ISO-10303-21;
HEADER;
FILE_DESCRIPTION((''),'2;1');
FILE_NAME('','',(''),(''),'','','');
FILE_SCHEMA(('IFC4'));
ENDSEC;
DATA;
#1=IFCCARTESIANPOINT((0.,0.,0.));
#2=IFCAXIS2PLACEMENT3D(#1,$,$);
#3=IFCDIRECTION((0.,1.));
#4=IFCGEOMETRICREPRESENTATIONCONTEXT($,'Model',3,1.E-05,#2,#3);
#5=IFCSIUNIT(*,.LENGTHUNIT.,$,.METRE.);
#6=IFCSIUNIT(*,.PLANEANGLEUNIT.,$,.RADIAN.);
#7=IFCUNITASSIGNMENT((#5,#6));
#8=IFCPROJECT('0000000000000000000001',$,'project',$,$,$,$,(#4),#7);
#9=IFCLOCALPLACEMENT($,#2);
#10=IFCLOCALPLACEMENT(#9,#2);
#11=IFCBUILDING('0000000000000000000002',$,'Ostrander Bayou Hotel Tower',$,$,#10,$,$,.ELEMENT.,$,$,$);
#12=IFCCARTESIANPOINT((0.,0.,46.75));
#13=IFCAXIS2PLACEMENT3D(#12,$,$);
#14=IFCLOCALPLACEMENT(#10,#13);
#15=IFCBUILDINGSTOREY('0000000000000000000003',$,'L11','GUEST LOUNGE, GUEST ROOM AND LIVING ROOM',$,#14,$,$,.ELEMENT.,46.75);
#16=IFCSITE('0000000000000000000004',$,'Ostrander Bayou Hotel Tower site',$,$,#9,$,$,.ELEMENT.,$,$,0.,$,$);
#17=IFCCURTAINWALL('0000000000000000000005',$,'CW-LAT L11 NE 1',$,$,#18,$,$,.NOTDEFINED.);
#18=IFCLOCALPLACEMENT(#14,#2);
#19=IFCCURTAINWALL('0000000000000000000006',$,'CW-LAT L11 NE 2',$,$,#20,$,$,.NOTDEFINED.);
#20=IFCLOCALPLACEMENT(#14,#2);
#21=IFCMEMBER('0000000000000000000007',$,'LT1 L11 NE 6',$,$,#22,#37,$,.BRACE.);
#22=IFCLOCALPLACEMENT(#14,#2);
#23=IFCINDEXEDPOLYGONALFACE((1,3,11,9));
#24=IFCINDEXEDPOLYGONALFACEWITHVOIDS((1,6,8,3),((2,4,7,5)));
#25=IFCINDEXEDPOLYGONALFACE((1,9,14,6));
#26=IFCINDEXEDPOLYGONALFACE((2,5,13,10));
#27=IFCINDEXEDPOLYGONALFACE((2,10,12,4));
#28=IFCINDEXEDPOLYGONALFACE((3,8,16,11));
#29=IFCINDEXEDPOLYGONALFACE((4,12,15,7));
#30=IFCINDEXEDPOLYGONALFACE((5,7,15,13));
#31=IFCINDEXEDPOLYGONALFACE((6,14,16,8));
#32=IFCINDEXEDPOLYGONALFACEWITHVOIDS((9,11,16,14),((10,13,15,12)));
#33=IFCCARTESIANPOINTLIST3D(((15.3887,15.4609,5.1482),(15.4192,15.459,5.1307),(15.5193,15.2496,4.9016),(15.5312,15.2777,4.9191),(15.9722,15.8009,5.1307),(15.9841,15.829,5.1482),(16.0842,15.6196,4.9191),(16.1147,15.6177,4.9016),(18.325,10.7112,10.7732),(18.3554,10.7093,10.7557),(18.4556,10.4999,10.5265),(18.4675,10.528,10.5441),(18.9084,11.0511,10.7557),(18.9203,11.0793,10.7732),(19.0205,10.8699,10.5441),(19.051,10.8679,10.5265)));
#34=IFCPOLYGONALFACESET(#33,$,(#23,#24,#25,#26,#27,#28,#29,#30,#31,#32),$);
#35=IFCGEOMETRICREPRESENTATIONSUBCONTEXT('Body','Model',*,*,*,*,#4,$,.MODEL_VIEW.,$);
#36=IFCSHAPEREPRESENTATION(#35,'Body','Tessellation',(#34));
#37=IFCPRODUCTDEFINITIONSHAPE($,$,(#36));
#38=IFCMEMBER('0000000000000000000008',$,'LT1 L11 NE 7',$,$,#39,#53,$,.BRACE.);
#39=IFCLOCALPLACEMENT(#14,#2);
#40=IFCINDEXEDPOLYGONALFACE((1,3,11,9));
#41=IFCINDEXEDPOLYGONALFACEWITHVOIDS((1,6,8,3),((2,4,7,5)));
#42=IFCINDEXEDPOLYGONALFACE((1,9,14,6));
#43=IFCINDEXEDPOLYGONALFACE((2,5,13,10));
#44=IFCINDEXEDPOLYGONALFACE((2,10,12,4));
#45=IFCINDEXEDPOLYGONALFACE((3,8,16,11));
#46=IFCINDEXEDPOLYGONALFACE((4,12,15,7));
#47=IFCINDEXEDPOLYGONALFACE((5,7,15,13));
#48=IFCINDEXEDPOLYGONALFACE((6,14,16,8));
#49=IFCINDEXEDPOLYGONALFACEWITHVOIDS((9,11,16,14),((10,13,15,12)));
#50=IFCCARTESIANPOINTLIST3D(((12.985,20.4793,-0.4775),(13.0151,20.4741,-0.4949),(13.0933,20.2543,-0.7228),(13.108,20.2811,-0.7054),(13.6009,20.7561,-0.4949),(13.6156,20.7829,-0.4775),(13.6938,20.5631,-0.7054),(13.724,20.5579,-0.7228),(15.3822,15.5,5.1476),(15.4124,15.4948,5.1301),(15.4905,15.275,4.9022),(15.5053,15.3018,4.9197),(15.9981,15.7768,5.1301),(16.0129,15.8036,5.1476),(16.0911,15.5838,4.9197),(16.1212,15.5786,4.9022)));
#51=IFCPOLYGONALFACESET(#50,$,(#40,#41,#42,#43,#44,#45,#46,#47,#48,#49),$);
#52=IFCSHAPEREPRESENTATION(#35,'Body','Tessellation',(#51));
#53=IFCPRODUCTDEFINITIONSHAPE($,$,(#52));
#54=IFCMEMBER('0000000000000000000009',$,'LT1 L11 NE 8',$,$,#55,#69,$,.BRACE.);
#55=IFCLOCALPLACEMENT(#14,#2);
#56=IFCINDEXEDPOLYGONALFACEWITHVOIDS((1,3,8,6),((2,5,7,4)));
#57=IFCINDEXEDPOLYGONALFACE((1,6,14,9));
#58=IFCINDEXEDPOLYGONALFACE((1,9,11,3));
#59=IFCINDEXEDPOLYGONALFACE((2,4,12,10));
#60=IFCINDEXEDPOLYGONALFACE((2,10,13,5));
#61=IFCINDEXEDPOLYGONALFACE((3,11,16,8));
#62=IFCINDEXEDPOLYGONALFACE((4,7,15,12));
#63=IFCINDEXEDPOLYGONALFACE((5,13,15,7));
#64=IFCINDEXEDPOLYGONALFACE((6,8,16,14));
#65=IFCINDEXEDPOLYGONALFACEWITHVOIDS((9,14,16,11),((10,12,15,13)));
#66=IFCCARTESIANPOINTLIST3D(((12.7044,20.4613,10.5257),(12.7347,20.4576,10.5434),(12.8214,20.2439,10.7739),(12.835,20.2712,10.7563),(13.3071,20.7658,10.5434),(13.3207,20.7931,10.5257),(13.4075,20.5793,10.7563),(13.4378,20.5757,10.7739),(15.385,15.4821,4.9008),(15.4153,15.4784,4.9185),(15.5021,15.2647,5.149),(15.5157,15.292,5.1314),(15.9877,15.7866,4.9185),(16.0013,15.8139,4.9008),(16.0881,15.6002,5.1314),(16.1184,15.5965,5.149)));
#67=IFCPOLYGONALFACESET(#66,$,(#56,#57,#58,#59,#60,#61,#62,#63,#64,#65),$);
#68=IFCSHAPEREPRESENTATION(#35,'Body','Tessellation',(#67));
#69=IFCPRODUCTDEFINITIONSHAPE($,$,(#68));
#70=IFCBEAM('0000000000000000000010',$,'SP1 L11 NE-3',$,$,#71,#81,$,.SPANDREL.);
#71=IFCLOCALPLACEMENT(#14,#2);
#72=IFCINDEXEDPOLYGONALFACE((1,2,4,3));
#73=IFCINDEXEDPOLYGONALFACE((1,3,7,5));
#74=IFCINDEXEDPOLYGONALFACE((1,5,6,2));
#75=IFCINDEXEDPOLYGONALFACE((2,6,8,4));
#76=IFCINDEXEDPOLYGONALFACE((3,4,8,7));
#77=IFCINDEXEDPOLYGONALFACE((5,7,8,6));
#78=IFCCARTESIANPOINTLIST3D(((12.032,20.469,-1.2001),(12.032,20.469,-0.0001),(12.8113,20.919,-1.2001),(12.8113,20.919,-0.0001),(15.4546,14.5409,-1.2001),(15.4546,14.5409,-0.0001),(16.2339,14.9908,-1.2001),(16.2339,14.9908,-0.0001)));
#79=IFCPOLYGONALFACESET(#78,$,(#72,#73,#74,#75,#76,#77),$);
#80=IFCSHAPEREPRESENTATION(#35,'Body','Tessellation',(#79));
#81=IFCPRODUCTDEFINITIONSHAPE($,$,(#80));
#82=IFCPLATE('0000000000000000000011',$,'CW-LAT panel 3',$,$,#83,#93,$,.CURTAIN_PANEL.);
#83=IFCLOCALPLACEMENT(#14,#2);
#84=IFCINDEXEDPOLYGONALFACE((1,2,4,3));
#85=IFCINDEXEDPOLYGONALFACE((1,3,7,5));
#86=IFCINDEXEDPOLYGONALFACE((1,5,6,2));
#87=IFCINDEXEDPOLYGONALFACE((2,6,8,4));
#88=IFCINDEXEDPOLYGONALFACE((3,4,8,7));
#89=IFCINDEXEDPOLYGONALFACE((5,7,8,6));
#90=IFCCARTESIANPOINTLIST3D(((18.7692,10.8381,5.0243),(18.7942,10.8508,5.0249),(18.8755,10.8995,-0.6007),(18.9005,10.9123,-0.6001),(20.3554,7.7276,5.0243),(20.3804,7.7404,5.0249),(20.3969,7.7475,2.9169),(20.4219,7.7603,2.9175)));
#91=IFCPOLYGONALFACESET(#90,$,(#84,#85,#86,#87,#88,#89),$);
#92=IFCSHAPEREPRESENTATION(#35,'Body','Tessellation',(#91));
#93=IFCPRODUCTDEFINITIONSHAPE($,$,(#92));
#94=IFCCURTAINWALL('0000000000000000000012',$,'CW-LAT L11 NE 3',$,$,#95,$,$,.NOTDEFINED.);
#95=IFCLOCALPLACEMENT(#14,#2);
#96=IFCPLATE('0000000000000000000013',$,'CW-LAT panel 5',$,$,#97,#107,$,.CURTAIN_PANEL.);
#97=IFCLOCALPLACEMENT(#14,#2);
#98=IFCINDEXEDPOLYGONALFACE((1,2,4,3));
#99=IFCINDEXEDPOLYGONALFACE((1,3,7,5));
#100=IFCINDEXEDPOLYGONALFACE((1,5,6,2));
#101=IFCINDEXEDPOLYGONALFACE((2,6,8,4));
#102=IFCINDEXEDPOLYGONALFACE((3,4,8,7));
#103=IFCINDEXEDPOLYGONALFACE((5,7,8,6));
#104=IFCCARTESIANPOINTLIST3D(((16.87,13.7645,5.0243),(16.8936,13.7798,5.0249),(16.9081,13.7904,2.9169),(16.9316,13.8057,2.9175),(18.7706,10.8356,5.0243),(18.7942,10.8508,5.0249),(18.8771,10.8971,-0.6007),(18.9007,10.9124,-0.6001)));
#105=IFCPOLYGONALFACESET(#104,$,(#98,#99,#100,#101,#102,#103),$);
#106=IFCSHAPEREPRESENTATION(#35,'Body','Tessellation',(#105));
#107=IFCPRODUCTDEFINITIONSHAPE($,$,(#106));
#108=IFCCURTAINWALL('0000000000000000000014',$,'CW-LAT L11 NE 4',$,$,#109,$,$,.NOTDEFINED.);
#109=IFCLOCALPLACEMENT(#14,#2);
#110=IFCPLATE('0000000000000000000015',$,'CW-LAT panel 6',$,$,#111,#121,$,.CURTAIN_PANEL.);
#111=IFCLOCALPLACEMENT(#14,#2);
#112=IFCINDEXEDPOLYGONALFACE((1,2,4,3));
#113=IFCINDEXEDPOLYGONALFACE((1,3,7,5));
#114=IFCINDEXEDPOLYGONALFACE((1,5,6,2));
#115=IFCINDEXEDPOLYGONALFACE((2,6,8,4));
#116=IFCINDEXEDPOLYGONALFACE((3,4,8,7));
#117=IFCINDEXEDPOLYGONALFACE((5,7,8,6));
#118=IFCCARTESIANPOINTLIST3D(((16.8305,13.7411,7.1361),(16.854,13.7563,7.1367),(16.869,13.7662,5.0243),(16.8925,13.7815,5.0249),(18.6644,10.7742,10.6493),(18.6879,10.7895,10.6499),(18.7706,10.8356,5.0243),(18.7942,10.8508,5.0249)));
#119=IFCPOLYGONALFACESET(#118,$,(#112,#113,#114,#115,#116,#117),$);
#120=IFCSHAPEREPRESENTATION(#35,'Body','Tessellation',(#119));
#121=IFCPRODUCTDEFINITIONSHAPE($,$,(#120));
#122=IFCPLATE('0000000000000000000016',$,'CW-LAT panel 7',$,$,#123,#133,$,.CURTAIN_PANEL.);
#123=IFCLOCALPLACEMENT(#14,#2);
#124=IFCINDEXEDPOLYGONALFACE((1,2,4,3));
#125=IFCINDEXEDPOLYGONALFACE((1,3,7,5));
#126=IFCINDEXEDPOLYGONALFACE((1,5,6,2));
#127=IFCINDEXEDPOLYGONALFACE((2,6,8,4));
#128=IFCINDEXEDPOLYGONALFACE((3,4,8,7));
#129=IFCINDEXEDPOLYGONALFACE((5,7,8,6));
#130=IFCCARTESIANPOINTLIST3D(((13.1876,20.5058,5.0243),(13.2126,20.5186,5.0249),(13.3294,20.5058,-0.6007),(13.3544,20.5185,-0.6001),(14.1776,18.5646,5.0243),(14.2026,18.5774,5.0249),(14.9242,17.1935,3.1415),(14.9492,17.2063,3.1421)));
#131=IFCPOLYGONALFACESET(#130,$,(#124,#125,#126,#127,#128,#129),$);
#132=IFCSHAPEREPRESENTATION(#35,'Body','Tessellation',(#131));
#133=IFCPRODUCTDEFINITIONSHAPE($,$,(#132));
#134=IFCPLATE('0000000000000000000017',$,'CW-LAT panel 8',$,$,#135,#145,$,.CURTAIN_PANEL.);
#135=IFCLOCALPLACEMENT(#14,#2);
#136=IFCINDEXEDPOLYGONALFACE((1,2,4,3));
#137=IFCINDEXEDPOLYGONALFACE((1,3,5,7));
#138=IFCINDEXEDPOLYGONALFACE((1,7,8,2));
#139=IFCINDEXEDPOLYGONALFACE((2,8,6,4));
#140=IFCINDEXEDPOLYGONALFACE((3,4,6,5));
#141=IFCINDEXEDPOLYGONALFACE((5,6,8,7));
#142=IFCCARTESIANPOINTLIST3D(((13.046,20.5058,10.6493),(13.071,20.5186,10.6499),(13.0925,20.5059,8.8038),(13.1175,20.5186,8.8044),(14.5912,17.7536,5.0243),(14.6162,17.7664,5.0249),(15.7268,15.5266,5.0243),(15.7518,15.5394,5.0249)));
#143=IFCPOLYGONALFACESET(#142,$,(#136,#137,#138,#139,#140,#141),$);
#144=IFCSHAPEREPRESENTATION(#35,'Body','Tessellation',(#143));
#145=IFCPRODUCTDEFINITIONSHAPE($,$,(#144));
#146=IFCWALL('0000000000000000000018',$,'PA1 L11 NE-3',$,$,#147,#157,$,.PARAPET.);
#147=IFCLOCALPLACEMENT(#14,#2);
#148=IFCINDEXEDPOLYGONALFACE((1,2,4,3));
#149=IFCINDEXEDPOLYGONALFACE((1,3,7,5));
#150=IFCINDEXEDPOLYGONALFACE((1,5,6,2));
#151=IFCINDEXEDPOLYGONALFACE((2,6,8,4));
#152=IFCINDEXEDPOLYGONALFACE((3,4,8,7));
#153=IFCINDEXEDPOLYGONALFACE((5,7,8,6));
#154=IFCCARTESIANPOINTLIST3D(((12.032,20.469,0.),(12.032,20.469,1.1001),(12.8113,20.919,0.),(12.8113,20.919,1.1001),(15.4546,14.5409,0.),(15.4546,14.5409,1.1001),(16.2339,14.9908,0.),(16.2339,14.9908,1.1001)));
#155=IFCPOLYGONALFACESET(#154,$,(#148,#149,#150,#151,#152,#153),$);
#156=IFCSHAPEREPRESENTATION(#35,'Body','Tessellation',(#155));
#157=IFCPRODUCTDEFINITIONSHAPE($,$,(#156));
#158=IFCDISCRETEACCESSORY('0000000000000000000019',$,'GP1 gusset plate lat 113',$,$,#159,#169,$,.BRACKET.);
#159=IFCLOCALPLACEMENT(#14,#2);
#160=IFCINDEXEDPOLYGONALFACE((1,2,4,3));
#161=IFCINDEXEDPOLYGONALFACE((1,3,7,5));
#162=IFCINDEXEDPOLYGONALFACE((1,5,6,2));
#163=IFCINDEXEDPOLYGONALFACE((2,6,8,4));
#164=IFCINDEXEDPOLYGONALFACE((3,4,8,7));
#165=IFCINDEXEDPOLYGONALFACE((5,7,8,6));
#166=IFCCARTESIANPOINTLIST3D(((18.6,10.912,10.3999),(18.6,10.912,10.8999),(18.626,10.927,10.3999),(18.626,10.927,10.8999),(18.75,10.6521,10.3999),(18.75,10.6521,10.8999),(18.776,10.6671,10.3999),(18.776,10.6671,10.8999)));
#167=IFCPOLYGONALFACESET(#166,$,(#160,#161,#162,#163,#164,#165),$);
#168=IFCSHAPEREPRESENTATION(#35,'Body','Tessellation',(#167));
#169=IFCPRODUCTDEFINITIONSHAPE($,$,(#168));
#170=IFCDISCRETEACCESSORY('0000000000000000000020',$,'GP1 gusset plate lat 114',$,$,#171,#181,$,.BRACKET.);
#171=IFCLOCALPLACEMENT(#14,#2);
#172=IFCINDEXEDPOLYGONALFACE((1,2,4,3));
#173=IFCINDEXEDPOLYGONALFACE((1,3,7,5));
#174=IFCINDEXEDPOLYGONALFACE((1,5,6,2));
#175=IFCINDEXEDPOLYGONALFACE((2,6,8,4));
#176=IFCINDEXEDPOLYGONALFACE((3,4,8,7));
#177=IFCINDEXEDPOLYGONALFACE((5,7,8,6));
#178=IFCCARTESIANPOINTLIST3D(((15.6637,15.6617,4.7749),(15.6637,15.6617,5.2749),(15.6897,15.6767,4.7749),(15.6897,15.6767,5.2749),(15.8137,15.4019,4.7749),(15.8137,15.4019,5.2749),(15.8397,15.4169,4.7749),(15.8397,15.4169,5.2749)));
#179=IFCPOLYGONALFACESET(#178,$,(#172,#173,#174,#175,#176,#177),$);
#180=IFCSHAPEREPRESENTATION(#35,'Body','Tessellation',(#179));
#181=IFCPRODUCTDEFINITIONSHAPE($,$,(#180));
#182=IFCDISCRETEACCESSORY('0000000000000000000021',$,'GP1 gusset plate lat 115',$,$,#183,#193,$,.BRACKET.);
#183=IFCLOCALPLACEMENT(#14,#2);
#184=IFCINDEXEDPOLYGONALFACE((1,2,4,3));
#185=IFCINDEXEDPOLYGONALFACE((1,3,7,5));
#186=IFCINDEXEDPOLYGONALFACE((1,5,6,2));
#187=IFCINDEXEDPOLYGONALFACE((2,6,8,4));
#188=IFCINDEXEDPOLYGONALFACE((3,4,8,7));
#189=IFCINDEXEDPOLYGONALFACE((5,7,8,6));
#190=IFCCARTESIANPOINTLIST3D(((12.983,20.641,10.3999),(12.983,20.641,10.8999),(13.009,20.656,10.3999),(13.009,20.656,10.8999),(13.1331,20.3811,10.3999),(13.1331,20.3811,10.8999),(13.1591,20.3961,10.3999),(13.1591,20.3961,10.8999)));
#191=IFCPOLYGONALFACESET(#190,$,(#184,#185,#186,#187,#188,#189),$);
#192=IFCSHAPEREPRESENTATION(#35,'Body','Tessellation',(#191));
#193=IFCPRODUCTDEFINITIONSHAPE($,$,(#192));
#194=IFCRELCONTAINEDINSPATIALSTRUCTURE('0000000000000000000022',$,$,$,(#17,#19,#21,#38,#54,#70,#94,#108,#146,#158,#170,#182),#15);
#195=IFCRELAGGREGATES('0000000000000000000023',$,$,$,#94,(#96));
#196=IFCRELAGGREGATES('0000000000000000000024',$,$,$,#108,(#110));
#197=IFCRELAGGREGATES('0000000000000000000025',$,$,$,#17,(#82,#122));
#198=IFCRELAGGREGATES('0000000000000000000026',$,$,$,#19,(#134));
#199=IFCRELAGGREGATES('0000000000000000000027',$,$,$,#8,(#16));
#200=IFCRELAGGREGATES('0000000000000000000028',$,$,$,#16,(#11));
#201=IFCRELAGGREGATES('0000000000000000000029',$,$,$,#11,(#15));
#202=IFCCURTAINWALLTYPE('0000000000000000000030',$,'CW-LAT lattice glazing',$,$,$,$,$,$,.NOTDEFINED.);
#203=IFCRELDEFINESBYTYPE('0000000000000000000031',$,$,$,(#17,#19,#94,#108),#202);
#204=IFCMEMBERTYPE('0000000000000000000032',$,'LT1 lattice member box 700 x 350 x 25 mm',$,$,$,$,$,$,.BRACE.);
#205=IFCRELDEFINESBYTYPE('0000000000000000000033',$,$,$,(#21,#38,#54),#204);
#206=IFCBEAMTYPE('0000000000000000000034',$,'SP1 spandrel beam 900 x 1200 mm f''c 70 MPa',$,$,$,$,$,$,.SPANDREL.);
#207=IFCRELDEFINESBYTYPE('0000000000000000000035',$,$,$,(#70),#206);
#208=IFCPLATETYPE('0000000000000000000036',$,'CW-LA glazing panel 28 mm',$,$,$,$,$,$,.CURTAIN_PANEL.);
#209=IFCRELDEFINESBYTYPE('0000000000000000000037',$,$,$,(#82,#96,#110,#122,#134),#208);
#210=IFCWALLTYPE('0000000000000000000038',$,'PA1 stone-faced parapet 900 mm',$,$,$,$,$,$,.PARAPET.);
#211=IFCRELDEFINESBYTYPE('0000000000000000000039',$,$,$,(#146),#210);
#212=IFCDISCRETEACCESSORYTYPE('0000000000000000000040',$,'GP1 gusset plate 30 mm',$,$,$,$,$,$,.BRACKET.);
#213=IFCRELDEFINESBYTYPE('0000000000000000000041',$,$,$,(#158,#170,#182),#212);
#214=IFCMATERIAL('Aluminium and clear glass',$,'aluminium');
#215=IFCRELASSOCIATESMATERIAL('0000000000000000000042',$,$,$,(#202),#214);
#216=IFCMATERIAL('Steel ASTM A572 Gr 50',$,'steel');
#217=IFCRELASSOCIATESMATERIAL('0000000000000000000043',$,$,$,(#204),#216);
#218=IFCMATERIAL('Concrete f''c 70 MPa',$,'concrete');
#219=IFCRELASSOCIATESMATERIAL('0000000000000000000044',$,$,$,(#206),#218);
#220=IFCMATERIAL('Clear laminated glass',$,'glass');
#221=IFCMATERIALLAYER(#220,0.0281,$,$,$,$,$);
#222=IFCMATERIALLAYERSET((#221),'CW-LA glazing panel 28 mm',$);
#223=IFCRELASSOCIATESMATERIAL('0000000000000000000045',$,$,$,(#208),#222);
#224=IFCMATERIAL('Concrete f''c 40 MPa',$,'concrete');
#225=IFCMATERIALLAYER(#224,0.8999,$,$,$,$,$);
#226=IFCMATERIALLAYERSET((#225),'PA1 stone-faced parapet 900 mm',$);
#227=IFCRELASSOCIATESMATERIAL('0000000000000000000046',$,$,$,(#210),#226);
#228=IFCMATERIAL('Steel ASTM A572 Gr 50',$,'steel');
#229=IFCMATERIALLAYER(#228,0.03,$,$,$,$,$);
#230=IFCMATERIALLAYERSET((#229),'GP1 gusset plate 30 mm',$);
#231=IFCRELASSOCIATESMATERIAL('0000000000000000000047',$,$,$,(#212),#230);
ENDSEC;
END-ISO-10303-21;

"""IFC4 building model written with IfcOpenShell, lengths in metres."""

from ifc_helpers import new_model, si_unit, direction, frame, frame_2d, origin, origin_2d, place, context, subcontext, project, spatial, polyline, rectangle, hollow_rectangle, outline, extrude, material, layer, layer_set, material_profile, profile_set, type_object, element, aggregate, save


model = new_model("IFC4")

# Units and contexts
model_context = context("Model", 3, precision=1e-05, world=origin(), true_north=direction((0.0, 1.0)))
body_context = subcontext(model_context, "Body", "Model", "MODEL_VIEW")
ifc_project = project(units=[si_unit("LENGTHUNIT", "METRE"), si_unit("PLANEANGLEUNIT", "RADIAN")], contexts=[model_context])

# Site, building, storey
site_placement = place(None, origin())
site = spatial("IfcSite", under=ifc_project, at=site_placement, Name="Ostrander Bayou Hotel Tower site", CompositionType="ELEMENT", RefElevation=0.0)
building_placement = place(site_placement, origin())
building = spatial("IfcBuilding", under=site, at=building_placement, Name="Ostrander Bayou Hotel Tower", CompositionType="ELEMENT")
storey_placement = place(building_placement, frame((0.0, 0.0, 46.75)))
storey = spatial("IfcBuildingStorey", under=building, at=storey_placement, Name="L11", Description="GUEST LOUNGE, GUEST ROOM AND LIVING ROOM", CompositionType="ELEMENT", Elevation=46.75)

# Curtain walls
ifc_material_1 = material(Name="Aluminium and clear glass", Category="aluminium")
curtain_wall_type = type_object("IfcCurtainWallType", Name="CW-LAT lattice glazing", PredefinedType="NOTDEFINED", material=ifc_material_1)
curtain_wall_1_placement = place(storey_placement, origin())
curtain_wall_1 = element("IfcCurtainWall", 1, at=curtain_wall_1_placement, inside=storey, type_object=curtain_wall_type, Name="CW-LAT L11 NE 1", PredefinedType="NOTDEFINED")
curtain_wall_2_placement = place(storey_placement, origin())
curtain_wall_2 = element("IfcCurtainWall", 2, at=curtain_wall_2_placement, inside=storey, type_object=curtain_wall_type, Name="CW-LAT L11 NE 2", PredefinedType="NOTDEFINED")

# Members
ifc_material_2 = material(Name="Steel ASTM A572 Gr 50", Category="steel")
ifc_material_profile_1 = material_profile(ifc_material_2, hollow_rectangle(XDim=0.7, YDim=0.3501, WallThickness=0.0249, at=origin_2d()))
ifc_profile_set_1 = profile_set([ifc_material_profile_1], Name="Steel ASTM A572 Gr 50")
member_type_1 = type_object("IfcMemberType", Name="LT1 lattice member box 700 x 350 x 25 mm", PredefinedType="BRACE", material=ifc_profile_set_1)
member_1_placement = place(storey_placement, frame((15.7517, 15.5393, 5.0249), z_axis=(0.370459, -0.599258, 0.709684), x_axis=(0.850589, 0.525831, 0.0)))
element("IfcMember", 3, at=member_1_placement, inside=storey, type_object=member_type_1, Name="LT1 L11 NE 6", PredefinedType="BRACE", context=body_context, shape_type="SweptSolid", body=[
    extrude(hollow_rectangle(XDim=0.7, YDim=0.3501, WallThickness=0.0249, at=origin_2d()), origin(), (0.0, 0.0, 1.0), 7.926),
])
member_2_placement = place(storey_placement, frame((15.7517, 15.5393, 5.0249), z_axis=(-0.304005, 0.631448, -0.71334), x_axis=(-0.901016, -0.433786, 0.0)))
element("IfcMember", 4, at=member_2_placement, inside=storey, type_object=member_type_1, Name="LT1 L11 NE 7", PredefinedType="BRACE", context=body_context, shape_type="SweptSolid", body=[
    extrude(hollow_rectangle(XDim=0.7, YDim=0.3501, WallThickness=0.0249, at=origin_2d()), origin(), (0.0, 0.0, 1.0), 7.8855),
])
member_3_placement = place(storey_placement, frame((15.7517, 15.5393, 5.0249), z_axis=(-0.336084, 0.624265, 0.705225), x_axis=(-0.880506, -0.474035, 0.0)))
element("IfcMember", 5, at=member_3_placement, inside=storey, type_object=member_type_1, Name="LT1 L11 NE 8", PredefinedType="BRACE", context=body_context, shape_type="SweptSolid", body=[
    extrude(hollow_rectangle(XDim=0.7, YDim=0.3501, WallThickness=0.0249, at=origin_2d()), origin(), (0.0, 0.0, 1.0), 7.9761),
])

# Beam
ifc_material_3 = material(Name="Concrete f'c 70 MPa", Category="concrete")
ifc_material_profile_2 = material_profile(ifc_material_3, rectangle(XDim=0.8999, YDim=1.2, at=origin_2d()))
ifc_profile_set_2 = profile_set([ifc_material_profile_2], Name="Concrete f'c 70 MPa")
beam_type_1 = type_object("IfcBeamType", Name="SP1 spandrel beam 900 x 1200 mm f'c 70 MPa", PredefinedType="SPANDREL", material=ifc_profile_set_2)
beam_1_placement = place(storey_placement, frame((15.8442, 14.7659, -0.6001), z_axis=(-0.499994, 0.866029, 0.0), x_axis=(-0.866029, -0.499994, 0.0)))
element("IfcBeam", 6, at=beam_1_placement, inside=storey, type_object=beam_type_1, Name="SP1 L11 NE-3", PredefinedType="SPANDREL", context=body_context, shape_type="SweptSolid", body=[
    extrude(rectangle(XDim=0.8999, YDim=1.2, at=origin_2d()), origin(), (0.0, 0.0, 1.0), 6.8452),
])

# Plate
ifc_material_4 = material(Name="Clear laminated glass", Category="glass")
ifc_layer_1 = layer(ifc_material_4, 0.0281)
ifc_layer_set_1 = layer_set([ifc_layer_1], Name="CW-LA glazing panel 28 mm")
plate_type = type_object("IfcPlateType", Name="CW-LA glazing panel 28 mm", PredefinedType="CURTAIN_PANEL", material=ifc_layer_set_1)
plate_1_placement = place(storey_placement, frame((20.4219, 7.7603, 2.9175), z_axis=(0.890631, 0.454204, 0.021788), x_axis=(-0.3066, 0.635207, -0.708878)))
plate_1 = element("IfcPlate", 7, at=plate_1_placement, type_object=plate_type, Name="CW-LAT panel 3", PredefinedType="CURTAIN_PANEL", context=body_context, shape_type="SweptSolid", body=[
    extrude(outline(polyline([(0.0, 0.0), (4.9622, 0.0), (0.9683, 3.9629), (-1.4938, 1.4872), (0.0, 0.0)])), origin(), (0.0, 0.0, -1.0), 0.0281),
])

# Curtain walls, plates
curtain_wall_3_placement = place(storey_placement, origin())
curtain_wall_3 = element("IfcCurtainWall", 8, at=curtain_wall_3_placement, inside=storey, type_object=curtain_wall_type, Name="CW-LAT L11 NE 3", PredefinedType="NOTDEFINED")
plate_2_placement = place(storey_placement, frame((16.9316, 13.8057, 2.9175), z_axis=(0.838664, 0.544211, 0.021827), x_axis=(0.396818, -0.58309, -0.708902)))
plate_2 = element("IfcPlate", 9, at=plate_2_placement, type_object=plate_type, Name="CW-LAT panel 5", PredefinedType="CURTAIN_PANEL", context=body_context, shape_type="SweptSolid", body=[
    extrude(outline(polyline([(0.0, 0.0), (4.962, 0.0), (0.9681, -3.9629), (-1.494, -1.4871), (0.0, 0.0)])), origin(), (0.0, 0.0, -1.0), 0.0281),
])
aggregate(curtain_wall_3, [plate_2])
curtain_wall_4_placement = place(storey_placement, origin())
curtain_wall_4 = element("IfcCurtainWall", 10, at=curtain_wall_4_placement, inside=storey, type_object=curtain_wall_type, Name="CW-LAT L11 NE 4", PredefinedType="NOTDEFINED")
plate_3_placement = place(storey_placement, frame((16.854, 13.7563, 7.1367), z_axis=(0.83867, 0.544204, 0.021773), x_axis=(0.370452, -0.599294, 0.709656)))
plate_3 = element("IfcPlate", 11, at=plate_3_placement, type_object=plate_type, Name="CW-LAT panel 6", PredefinedType="CURTAIN_PANEL", context=body_context, shape_type="SweptSolid", body=[
    extrude(outline(polyline([(0.0, 0.0), (4.9505, 0.0), (0.9613, 3.9676), (-1.4994, 1.4878), (0.0, 0.0)])), origin(), (0.0, 0.0, -1.0), 0.0281),
])
aggregate(curtain_wall_4, [plate_3])

# Plates
plate_4_placement = place(storey_placement, frame((13.2126, 20.5186, 5.0249), z_axis=(0.890625, 0.454183, 0.022447), x_axis=(0.025198, -0.000005, -0.999682)))
plate_4 = element("IfcPlate", 12, at=plate_4_placement, type_object=plate_type, Name="CW-LAT panel 7", PredefinedType="CURTAIN_PANEL", context=body_context, shape_type="SweptSolid", body=[
    extrude(outline(polyline([(0.0, 0.0), (5.6268, 0.0), (1.926, -3.7178), (0.025, -2.1789), (0.0, 0.0)])), origin(), (0.0, 0.0, -1.0), 0.0281),
])
aggregate(curtain_wall_1, [plate_1, plate_4])
plate_5_placement = place(storey_placement, frame((13.071, 20.5186, 10.6499), z_axis=(0.890639, 0.454156, 0.022446), x_axis=(0.02518, 0.000027, -0.999683)))
plate_5 = element("IfcPlate", 13, at=plate_5_placement, type_object=plate_type, Name="CW-LAT panel 8", PredefinedType="CURTAIN_PANEL", context=body_context, shape_type="SweptSolid", body=[
    extrude(outline(polyline([(0.0, 0.0), (1.846, 0.0), (5.6621, -3.0893), (5.6906, -5.589), (0.0, 0.0)])), origin(), (0.0, 0.0, -1.0), 0.0281),
])
aggregate(curtain_wall_2, [plate_5])

# Wall
ifc_material_5 = material(Name="Concrete f'c 40 MPa", Category="concrete")
ifc_layer_2 = layer(ifc_material_5, 0.8999)
ifc_layer_set_2 = layer_set([ifc_layer_2], Name="PA1 stone-faced parapet 900 mm")
wall_type = type_object("IfcWallType", Name="PA1 stone-faced parapet 900 mm", PredefinedType="PARAPET", material=ifc_layer_set_2)
wall_placement = place(storey_placement, frame((15.8442, 14.7659, 0.0), z_axis=(0.0, 0.0, 1.0), x_axis=(-0.499994, 0.866029, 0.0)))
element("IfcWall", 14, at=wall_placement, inside=storey, type_object=wall_type, Name="PA1 L11 NE-3", PredefinedType="PARAPET", context=body_context, shape_type="SweptSolid", body=[
    extrude(rectangle(XDim=6.8452, YDim=0.8999, at=frame_2d((3.4226, 0.0))), origin(), (0.0, 0.0, 1.0), 1.1001),
])

# Discrete accessories
ifc_material_6 = material(Name="Steel ASTM A572 Gr 50", Category="steel")
ifc_layer_3 = layer(ifc_material_6, 0.03)
ifc_layer_set_3 = layer_set([ifc_layer_3], Name="GP1 gusset plate 30 mm")
discrete_accessory_type = type_object("IfcDiscreteAccessoryType", Name="GP1 gusset plate 30 mm", PredefinedType="BRACKET", material=ifc_layer_set_3)
for number, where, z_axis, x_axis, name in (
    (15, (18.688, 10.7896, 10.3999), (0.0, 0.0, 1.0), (-0.5, 0.866025, 0.0), "GP1 gusset plate lat 113"),
    (16, (15.7517, 15.5393, 4.7749), (0.0, 0.0, 1.0), (-0.5, 0.866025, 0.0), "GP1 gusset plate lat 114"),
    (17, (13.071, 20.5186, 10.3999), (0.0, 0.0, 1.0), (-0.5, 0.866025, 0.0), "GP1 gusset plate lat 115"),
):
    element("IfcDiscreteAccessory", number, at=place(storey_placement, frame(where, z_axis=z_axis, x_axis=x_axis)), inside=storey, type_object=discrete_accessory_type, Name=name, PredefinedType="BRACKET", context=body_context, shape_type="SweptSolid", body=[
        extrude(rectangle(XDim=0.3, YDim=0.03, at=origin_2d()), origin(), (0.0, 0.0, 1.0), 0.5),
    ])

save(model, "model.ifc")
